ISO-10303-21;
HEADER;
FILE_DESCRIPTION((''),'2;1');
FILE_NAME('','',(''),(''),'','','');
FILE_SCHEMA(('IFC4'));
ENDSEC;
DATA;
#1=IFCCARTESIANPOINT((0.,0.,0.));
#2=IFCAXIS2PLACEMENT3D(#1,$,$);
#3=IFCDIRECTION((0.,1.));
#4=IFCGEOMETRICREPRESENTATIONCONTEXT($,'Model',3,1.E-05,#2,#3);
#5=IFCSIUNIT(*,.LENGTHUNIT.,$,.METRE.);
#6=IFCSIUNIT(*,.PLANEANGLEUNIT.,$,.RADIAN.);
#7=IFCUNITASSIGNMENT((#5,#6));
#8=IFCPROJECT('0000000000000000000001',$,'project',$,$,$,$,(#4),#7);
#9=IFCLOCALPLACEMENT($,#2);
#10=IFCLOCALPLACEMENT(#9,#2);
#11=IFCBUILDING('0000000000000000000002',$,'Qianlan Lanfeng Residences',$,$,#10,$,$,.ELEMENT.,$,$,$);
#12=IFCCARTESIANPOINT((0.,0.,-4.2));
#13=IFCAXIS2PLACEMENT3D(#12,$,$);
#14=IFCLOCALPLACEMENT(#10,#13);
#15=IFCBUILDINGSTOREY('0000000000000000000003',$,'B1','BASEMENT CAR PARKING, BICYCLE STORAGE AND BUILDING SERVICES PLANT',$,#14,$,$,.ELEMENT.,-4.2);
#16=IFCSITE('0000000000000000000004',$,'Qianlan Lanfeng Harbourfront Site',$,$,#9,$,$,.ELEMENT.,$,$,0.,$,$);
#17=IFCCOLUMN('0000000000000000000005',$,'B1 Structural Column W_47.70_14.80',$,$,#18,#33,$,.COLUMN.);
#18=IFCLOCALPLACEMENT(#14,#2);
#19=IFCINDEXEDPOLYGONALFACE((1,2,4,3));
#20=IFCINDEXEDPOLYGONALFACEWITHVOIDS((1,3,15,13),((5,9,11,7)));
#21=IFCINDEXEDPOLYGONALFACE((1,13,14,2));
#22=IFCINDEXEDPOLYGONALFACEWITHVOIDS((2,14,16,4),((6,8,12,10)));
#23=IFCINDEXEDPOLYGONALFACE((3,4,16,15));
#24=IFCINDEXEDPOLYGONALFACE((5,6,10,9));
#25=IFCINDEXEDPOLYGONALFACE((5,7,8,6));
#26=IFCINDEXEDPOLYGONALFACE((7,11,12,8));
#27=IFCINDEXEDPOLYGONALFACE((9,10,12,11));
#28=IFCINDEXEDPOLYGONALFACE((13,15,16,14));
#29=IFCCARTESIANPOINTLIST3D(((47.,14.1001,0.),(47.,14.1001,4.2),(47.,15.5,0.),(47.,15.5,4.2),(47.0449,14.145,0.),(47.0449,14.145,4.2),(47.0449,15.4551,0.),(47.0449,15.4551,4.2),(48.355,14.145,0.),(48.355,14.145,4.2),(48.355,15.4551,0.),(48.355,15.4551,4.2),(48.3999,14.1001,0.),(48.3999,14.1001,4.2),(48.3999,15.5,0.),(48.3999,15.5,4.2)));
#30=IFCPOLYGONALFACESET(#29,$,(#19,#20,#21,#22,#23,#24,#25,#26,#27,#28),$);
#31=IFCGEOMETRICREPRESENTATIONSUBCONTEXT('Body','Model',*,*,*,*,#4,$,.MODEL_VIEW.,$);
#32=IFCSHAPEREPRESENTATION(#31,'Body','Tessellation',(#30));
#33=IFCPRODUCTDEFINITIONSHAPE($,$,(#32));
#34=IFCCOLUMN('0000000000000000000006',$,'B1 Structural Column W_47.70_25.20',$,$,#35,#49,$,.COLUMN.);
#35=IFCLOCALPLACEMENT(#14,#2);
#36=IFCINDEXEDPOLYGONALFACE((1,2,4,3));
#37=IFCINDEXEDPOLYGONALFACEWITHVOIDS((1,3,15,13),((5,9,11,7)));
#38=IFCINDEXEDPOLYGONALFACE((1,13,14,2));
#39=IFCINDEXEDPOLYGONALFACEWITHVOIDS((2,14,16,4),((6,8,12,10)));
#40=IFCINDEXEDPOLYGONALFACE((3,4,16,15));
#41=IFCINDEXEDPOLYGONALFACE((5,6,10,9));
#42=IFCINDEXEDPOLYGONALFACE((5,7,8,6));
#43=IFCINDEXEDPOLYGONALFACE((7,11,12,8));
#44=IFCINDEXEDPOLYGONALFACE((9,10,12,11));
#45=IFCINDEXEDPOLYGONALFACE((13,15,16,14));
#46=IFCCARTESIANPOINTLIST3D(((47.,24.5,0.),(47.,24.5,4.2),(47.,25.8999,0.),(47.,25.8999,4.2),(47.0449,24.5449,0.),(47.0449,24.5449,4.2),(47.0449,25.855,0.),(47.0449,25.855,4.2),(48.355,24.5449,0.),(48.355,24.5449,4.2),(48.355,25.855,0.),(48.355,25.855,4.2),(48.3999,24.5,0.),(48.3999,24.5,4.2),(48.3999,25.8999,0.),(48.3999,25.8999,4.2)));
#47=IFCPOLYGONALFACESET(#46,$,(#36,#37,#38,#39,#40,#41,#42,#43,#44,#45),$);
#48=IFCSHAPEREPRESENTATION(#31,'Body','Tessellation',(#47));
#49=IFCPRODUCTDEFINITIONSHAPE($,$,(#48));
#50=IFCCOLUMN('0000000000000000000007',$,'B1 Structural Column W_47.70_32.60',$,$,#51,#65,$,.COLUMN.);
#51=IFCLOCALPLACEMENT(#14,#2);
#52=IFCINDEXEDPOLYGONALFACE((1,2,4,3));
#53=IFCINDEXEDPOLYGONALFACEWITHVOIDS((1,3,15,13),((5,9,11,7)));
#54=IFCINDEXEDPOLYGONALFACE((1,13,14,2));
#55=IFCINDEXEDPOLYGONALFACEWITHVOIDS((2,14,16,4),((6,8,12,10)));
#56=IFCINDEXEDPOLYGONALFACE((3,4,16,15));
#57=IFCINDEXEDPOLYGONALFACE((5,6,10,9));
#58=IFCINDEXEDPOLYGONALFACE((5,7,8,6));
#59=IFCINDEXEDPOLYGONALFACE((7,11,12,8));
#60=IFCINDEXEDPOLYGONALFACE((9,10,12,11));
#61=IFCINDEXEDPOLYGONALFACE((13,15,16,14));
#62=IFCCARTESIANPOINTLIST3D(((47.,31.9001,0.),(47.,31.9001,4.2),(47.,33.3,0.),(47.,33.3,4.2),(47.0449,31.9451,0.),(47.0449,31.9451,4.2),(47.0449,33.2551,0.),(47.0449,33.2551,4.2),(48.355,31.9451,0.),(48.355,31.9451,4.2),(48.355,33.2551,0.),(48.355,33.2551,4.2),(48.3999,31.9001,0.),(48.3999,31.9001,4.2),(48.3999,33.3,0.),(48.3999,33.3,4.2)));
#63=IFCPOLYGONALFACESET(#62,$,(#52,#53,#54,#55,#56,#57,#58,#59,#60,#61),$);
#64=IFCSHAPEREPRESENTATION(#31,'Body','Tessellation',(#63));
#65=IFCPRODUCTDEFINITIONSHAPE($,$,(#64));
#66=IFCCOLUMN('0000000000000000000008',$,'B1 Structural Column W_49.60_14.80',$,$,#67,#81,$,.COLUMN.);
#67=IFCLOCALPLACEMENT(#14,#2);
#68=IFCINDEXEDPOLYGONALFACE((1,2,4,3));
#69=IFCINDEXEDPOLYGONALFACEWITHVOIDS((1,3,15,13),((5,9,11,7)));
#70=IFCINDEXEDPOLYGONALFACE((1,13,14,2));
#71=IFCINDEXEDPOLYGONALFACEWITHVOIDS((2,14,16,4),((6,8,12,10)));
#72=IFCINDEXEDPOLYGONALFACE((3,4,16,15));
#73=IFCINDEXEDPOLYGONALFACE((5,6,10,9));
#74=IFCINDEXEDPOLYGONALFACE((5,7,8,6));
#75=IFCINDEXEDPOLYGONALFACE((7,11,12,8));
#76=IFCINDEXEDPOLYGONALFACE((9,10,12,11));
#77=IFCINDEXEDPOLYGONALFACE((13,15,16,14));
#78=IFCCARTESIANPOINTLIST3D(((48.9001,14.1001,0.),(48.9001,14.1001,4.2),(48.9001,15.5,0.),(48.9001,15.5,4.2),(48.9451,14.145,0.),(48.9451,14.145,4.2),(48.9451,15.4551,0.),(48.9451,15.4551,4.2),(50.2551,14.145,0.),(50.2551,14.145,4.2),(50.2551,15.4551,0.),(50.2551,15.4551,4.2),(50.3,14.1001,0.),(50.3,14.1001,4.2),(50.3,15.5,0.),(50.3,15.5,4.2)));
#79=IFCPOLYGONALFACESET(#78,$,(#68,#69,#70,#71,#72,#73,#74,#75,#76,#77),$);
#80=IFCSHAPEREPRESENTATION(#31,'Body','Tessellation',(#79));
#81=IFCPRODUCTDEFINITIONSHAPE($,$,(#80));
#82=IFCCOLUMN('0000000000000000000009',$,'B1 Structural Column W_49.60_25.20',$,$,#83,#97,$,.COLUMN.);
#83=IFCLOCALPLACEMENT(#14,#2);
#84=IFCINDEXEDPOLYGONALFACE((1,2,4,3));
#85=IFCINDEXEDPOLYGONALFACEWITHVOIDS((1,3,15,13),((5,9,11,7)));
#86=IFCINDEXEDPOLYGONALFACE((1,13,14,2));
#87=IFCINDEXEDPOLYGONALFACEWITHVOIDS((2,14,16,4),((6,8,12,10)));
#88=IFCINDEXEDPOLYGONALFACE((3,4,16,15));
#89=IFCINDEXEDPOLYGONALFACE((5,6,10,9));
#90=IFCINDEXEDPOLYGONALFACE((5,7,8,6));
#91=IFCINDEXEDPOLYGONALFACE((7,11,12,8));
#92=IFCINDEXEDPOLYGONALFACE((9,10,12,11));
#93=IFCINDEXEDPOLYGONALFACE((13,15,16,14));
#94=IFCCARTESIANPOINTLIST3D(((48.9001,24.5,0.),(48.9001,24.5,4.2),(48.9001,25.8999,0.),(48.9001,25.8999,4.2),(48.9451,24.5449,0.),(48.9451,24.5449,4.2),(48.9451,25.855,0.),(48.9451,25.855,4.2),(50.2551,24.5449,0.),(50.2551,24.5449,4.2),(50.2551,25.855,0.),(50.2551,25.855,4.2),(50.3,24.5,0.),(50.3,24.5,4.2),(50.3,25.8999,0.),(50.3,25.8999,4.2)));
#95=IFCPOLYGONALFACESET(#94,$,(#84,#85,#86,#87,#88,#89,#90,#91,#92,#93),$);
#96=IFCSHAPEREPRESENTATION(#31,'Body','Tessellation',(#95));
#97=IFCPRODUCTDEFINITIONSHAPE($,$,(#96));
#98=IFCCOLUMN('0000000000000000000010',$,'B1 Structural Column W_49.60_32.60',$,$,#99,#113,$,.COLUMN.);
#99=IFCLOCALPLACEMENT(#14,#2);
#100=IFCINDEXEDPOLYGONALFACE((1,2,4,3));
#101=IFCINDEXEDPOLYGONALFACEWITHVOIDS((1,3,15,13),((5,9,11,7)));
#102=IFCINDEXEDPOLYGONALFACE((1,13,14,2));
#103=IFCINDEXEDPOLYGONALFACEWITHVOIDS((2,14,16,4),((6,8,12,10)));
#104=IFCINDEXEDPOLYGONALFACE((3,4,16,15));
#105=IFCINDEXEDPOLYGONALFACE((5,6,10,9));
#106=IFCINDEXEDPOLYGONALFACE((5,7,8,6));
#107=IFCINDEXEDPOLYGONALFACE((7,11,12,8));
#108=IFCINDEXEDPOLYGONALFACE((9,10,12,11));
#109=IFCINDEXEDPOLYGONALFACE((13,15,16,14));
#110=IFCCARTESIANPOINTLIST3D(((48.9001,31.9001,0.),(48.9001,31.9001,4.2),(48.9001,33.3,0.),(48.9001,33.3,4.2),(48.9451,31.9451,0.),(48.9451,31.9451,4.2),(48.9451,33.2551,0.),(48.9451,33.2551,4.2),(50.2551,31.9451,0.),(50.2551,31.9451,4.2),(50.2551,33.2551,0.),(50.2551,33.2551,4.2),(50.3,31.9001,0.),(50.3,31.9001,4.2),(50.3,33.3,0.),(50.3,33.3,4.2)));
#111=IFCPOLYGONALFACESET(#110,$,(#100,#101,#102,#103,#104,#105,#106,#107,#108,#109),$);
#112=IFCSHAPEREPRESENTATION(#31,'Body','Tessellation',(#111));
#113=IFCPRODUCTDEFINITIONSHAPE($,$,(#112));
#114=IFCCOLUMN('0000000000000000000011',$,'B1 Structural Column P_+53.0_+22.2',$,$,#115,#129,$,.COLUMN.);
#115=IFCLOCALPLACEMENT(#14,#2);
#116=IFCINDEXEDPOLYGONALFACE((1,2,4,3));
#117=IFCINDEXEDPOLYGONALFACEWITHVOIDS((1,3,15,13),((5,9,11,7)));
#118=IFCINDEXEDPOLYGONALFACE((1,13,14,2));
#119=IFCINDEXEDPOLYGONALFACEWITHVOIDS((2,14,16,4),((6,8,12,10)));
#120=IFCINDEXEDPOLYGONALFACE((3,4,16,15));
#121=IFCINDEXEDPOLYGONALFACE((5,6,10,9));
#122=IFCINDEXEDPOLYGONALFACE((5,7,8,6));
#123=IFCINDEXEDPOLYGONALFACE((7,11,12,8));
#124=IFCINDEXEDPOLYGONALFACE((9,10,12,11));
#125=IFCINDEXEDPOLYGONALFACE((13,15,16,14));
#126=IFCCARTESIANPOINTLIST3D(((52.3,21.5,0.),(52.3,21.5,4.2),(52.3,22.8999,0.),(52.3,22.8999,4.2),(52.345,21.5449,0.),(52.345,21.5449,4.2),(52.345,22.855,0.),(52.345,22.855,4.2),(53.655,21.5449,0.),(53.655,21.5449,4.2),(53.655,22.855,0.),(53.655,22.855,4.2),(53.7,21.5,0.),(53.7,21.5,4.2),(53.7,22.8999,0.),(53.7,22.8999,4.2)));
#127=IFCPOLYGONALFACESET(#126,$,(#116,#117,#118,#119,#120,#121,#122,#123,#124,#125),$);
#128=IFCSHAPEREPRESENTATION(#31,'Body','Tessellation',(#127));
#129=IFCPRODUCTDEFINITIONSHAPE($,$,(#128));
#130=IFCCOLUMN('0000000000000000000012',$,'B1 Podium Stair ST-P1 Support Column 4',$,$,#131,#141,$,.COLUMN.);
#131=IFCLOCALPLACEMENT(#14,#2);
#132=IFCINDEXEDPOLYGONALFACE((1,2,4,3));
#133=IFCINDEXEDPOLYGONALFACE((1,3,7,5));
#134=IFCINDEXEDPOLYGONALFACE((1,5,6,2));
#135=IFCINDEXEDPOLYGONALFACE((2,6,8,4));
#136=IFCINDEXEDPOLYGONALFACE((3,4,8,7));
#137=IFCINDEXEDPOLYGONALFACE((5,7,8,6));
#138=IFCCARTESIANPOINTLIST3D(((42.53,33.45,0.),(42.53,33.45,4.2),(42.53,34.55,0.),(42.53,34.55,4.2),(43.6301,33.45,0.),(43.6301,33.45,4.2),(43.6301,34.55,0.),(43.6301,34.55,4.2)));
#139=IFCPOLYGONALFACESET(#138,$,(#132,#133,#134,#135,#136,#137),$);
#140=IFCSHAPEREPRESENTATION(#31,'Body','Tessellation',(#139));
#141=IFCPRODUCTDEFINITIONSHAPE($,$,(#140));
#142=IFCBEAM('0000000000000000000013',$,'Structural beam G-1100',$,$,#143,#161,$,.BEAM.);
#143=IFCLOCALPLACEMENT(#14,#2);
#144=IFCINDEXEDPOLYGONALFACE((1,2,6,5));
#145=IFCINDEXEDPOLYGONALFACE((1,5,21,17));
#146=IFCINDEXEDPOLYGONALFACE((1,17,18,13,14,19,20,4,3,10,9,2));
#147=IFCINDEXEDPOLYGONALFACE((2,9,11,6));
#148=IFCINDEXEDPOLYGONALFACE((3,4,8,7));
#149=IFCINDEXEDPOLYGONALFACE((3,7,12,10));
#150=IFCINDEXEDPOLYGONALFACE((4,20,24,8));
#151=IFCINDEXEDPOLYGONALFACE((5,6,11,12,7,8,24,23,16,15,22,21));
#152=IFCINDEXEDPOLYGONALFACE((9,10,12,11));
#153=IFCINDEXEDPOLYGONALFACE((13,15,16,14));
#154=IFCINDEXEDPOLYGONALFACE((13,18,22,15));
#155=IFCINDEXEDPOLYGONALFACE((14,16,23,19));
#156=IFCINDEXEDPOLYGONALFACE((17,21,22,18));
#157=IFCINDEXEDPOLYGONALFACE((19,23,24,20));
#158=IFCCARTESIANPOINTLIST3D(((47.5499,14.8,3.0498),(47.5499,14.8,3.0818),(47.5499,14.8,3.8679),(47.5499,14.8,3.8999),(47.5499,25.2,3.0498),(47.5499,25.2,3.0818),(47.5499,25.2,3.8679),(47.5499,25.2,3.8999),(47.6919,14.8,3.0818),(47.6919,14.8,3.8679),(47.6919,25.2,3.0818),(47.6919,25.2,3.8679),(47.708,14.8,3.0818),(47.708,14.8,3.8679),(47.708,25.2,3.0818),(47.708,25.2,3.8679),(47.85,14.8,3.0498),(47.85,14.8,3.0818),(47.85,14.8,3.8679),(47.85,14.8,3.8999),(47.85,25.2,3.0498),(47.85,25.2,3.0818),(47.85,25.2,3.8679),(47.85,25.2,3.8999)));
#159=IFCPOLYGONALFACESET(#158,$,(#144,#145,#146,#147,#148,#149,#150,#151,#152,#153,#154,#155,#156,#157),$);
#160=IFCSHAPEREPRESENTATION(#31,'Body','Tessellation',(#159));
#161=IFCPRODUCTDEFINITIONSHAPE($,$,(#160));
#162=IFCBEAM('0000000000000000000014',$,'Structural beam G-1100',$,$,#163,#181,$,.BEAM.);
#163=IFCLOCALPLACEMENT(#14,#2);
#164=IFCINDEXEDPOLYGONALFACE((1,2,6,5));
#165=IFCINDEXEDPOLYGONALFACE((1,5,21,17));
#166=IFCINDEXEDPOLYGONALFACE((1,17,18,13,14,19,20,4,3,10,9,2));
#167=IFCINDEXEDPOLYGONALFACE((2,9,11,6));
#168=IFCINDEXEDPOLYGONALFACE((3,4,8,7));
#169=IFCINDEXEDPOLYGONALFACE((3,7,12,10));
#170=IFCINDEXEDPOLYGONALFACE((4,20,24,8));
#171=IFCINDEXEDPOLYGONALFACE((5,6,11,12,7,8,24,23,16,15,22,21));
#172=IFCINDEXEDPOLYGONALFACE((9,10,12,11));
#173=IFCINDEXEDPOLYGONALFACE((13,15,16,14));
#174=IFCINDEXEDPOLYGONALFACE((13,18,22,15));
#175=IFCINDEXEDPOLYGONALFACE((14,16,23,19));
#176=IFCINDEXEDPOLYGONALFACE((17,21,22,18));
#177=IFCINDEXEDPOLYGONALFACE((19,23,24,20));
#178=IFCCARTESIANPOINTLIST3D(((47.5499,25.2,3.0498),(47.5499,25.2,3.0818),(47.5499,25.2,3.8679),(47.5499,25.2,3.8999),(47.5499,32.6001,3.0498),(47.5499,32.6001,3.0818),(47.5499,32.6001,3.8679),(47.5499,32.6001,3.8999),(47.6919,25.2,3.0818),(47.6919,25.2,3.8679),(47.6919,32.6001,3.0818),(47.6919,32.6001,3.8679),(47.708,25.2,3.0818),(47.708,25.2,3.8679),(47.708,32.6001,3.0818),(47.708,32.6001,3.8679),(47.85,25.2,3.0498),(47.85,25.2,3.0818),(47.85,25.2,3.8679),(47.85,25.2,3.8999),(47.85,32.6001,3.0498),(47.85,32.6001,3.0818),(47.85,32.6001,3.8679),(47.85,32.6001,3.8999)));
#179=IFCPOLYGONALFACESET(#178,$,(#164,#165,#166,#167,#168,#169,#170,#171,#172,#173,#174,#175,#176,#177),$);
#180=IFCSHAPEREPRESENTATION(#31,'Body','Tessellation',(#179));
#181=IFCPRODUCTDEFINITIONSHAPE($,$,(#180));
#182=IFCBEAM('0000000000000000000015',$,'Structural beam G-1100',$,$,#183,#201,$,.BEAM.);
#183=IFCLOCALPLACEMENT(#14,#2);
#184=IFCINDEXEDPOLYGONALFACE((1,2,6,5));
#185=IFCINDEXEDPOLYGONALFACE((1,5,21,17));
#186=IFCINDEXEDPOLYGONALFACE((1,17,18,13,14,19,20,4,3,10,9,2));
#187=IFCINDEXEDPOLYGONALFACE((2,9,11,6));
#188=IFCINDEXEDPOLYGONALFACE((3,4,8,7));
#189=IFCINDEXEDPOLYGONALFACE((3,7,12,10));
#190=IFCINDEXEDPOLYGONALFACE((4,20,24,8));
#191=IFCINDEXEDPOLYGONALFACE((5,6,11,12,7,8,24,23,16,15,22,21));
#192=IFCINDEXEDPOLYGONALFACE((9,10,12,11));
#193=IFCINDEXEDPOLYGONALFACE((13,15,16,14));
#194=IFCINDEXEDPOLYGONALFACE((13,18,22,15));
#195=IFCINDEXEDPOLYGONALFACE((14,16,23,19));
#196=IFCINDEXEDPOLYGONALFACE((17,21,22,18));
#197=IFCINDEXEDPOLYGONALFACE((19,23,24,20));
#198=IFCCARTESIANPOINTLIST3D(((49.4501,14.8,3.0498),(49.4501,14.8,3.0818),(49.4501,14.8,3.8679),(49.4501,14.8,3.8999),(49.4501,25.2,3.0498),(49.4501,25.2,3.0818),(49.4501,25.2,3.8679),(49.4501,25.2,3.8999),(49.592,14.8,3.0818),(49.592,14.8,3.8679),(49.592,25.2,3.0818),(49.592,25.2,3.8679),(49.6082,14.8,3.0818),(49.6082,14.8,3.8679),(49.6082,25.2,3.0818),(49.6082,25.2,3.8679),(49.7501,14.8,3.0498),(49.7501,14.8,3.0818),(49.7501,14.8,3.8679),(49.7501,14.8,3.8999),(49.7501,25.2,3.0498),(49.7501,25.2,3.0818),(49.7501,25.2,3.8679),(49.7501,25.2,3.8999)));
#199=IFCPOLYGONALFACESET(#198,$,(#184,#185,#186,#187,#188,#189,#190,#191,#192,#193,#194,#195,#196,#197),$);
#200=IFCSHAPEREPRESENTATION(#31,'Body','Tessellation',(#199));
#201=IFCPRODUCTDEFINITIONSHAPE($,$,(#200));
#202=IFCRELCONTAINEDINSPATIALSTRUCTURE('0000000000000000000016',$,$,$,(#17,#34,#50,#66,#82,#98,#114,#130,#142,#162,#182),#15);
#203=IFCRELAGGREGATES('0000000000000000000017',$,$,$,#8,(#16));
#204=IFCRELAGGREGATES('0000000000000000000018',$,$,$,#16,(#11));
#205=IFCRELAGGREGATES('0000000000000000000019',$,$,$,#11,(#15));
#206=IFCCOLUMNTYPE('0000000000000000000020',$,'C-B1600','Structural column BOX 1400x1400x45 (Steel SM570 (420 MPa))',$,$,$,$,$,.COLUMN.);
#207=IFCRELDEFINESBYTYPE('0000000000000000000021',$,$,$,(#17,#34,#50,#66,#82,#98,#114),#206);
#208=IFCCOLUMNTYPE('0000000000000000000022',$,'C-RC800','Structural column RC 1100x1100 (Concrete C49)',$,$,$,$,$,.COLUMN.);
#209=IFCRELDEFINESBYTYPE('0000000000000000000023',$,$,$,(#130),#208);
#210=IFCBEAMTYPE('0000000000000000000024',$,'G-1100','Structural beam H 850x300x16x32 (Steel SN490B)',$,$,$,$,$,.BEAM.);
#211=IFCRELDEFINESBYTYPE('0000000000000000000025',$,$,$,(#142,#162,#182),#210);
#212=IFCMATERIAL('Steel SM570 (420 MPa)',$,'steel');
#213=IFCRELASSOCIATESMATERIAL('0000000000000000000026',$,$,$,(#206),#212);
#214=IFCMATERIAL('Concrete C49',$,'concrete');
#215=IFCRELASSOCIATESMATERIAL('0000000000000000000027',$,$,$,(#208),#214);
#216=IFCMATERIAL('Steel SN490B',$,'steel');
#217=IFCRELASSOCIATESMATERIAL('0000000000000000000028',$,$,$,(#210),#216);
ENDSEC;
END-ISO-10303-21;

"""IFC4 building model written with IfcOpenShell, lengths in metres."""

from ifc_helpers import new_model, si_unit, direction, frame, origin, origin_2d, place, context, subcontext, project, spatial, rectangle, hollow_rectangle, i_section, extrude, material, material_profile, profile_set, type_object, element, save


model = new_model("IFC4")

# Units and contexts
model_context = context("Model", 3, precision=1e-05, world=origin(), true_north=direction((0.0, 1.0)))
body_context = subcontext(model_context, "Body", "Model", "MODEL_VIEW")
ifc_project = project(units=[si_unit("LENGTHUNIT", "METRE"), si_unit("PLANEANGLEUNIT", "RADIAN")], contexts=[model_context])

# Site, building, storey
site_placement = place(None, origin())
site = spatial("IfcSite", under=ifc_project, at=site_placement, Name="Qianlan Lanfeng Harbourfront Site", CompositionType="ELEMENT", RefElevation=0.0)
building_placement = place(site_placement, origin())
building = spatial("IfcBuilding", under=site, at=building_placement, Name="Qianlan Lanfeng Residences", CompositionType="ELEMENT")
storey_placement = place(building_placement, frame((0.0, 0.0, -4.2)))
storey = spatial("IfcBuildingStorey", under=building, at=storey_placement, Name="B1", Description="BASEMENT CAR PARKING, BICYCLE STORAGE AND BUILDING SERVICES PLANT", CompositionType="ELEMENT", Elevation=-4.2)

# Columns
ifc_material_1 = material(Name="Steel SM570 (420 MPa)", Category="steel")
ifc_material_profile_1 = material_profile(ifc_material_1, hollow_rectangle(XDim=1.3999, YDim=1.3999, WallThickness=0.0449, at=origin_2d()), Name="BOX 1400x1400x45")
ifc_profile_set_1 = profile_set([ifc_material_profile_1], Name="Steel SM570 (420 MPa)")
column_type_1 = type_object("IfcColumnType", Name="C-B1600", Description="Structural column BOX 1400x1400x45 (Steel SM570 (420 MPa))", PredefinedType="COLUMN", material=ifc_profile_set_1)
for number, where, z_axis, x_axis, name in (
    (1, (47.7, 14.8, 0.0), (0.0, 0.0, 1.0), (1.0, 0.0, 0.0), "B1 Structural Column W_47.70_14.80"),
    (2, (47.7, 25.2, 0.0), (0.0, 0.0, 1.0), (1.0, 0.0, 0.0), "B1 Structural Column W_47.70_25.20"),
    (3, (47.7, 32.6001, 0.0), (0.0, 0.0, 1.0), (1.0, 0.0, 0.0), "B1 Structural Column W_47.70_32.60"),
    (4, (49.6001, 14.8, 0.0), (0.0, 0.0, 1.0), (1.0, 0.0, 0.0), "B1 Structural Column W_49.60_14.80"),
    (5, (49.6001, 25.2, 0.0), (0.0, 0.0, 1.0), (1.0, 0.0, 0.0), "B1 Structural Column W_49.60_25.20"),
    (6, (49.6001, 32.6001, 0.0), (0.0, 0.0, 1.0), (1.0, 0.0, 0.0), "B1 Structural Column W_49.60_32.60"),
    (7, (53.0, 22.2, 0.0), (0.0, 0.0, 1.0), (1.0, 0.0, 0.0), "B1 Structural Column P_+53.0_+22.2"),
):
    element("IfcColumn", number, at=place(storey_placement, frame(where, z_axis=z_axis, x_axis=x_axis)), inside=storey, type_object=column_type_1, Name=name, PredefinedType="COLUMN", context=body_context, shape_type="SweptSolid", body=[
        extrude(hollow_rectangle(XDim=1.3999, YDim=1.3999, WallThickness=0.0449, at=origin_2d()), origin(), (0.0, 0.0, 1.0), 4.2),
    ])
ifc_material_2 = material(Name="Concrete C49", Category="concrete")
ifc_material_profile_2 = material_profile(ifc_material_2, rectangle(XDim=1.1001, YDim=1.1001, at=origin_2d()), Name="RC 1100x1100")
ifc_profile_set_2 = profile_set([ifc_material_profile_2], Name="Concrete C49")
column_type_2 = type_object("IfcColumnType", Name="C-RC800", Description="Structural column RC 1100x1100 (Concrete C49)", PredefinedType="COLUMN", material=ifc_profile_set_2)
column_placement = place(storey_placement, frame((43.0801, 34.0, 0.0), z_axis=(0.0, 0.0, 1.0), x_axis=(1.0, 0.0, 0.0)))
element("IfcColumn", 8, at=column_placement, inside=storey, type_object=column_type_2, Name="B1 Podium Stair ST-P1 Support Column 4", PredefinedType="COLUMN", context=body_context, shape_type="SweptSolid", body=[
    extrude(rectangle(XDim=1.1001, YDim=1.1001, at=origin_2d()), origin(), (0.0, 0.0, 1.0), 4.2),
])

# Beams
ifc_material_3 = material(Name="Steel SN490B", Category="steel")
ifc_material_profile_3 = material_profile(ifc_material_3, i_section(OverallWidth=0.3, OverallDepth=0.8501, WebThickness=0.0161, FlangeThickness=0.032, at=origin_2d()), Name="H 850x300x16x32")
ifc_profile_set_3 = profile_set([ifc_material_profile_3], Name="Steel SN490B")
beam_type_1 = type_object("IfcBeamType", Name="G-1100", Description="Structural beam H 850x300x16x32 (Steel SN490B)", PredefinedType="BEAM", material=ifc_profile_set_3)
beam_1_placement = place(storey_placement, frame((47.7, 14.8, 3.4749), z_axis=(0.0, 1.0, 0.0), x_axis=(-1.0, 0.0, 0.0)))
element("IfcBeam", 9, at=beam_1_placement, inside=storey, type_object=beam_type_1, Name="Structural beam G-1100", PredefinedType="BEAM", context=body_context, shape_type="SweptSolid", body=[
    extrude(i_section(OverallWidth=0.3, OverallDepth=0.8501, WebThickness=0.0161, FlangeThickness=0.032, at=origin_2d()), origin(), (0.0, 0.0, 1.0), 10.3999),
])
beam_2_placement = place(storey_placement, frame((47.7, 25.2, 3.4749), z_axis=(0.0, 1.0, 0.0), x_axis=(-1.0, 0.0, 0.0)))
element("IfcBeam", 10, at=beam_2_placement, inside=storey, type_object=beam_type_1, Name="Structural beam G-1100", PredefinedType="BEAM", context=body_context, shape_type="SweptSolid", body=[
    extrude(i_section(OverallWidth=0.3, OverallDepth=0.8501, WebThickness=0.0161, FlangeThickness=0.032, at=origin_2d()), origin(), (0.0, 0.0, 1.0), 7.4001),
])
beam_3_placement = place(storey_placement, frame((49.6001, 14.8, 3.4749), z_axis=(0.0, 1.0, 0.0), x_axis=(-1.0, 0.0, 0.0)))
element("IfcBeam", 11, at=beam_3_placement, inside=storey, type_object=beam_type_1, Name="Structural beam G-1100", PredefinedType="BEAM", context=body_context, shape_type="SweptSolid", body=[
    extrude(i_section(OverallWidth=0.3, OverallDepth=0.8501, WebThickness=0.0161, FlangeThickness=0.032, at=origin_2d()), origin(), (0.0, 0.0, 1.0), 10.3999),
])

save(model, "model.ifc")
